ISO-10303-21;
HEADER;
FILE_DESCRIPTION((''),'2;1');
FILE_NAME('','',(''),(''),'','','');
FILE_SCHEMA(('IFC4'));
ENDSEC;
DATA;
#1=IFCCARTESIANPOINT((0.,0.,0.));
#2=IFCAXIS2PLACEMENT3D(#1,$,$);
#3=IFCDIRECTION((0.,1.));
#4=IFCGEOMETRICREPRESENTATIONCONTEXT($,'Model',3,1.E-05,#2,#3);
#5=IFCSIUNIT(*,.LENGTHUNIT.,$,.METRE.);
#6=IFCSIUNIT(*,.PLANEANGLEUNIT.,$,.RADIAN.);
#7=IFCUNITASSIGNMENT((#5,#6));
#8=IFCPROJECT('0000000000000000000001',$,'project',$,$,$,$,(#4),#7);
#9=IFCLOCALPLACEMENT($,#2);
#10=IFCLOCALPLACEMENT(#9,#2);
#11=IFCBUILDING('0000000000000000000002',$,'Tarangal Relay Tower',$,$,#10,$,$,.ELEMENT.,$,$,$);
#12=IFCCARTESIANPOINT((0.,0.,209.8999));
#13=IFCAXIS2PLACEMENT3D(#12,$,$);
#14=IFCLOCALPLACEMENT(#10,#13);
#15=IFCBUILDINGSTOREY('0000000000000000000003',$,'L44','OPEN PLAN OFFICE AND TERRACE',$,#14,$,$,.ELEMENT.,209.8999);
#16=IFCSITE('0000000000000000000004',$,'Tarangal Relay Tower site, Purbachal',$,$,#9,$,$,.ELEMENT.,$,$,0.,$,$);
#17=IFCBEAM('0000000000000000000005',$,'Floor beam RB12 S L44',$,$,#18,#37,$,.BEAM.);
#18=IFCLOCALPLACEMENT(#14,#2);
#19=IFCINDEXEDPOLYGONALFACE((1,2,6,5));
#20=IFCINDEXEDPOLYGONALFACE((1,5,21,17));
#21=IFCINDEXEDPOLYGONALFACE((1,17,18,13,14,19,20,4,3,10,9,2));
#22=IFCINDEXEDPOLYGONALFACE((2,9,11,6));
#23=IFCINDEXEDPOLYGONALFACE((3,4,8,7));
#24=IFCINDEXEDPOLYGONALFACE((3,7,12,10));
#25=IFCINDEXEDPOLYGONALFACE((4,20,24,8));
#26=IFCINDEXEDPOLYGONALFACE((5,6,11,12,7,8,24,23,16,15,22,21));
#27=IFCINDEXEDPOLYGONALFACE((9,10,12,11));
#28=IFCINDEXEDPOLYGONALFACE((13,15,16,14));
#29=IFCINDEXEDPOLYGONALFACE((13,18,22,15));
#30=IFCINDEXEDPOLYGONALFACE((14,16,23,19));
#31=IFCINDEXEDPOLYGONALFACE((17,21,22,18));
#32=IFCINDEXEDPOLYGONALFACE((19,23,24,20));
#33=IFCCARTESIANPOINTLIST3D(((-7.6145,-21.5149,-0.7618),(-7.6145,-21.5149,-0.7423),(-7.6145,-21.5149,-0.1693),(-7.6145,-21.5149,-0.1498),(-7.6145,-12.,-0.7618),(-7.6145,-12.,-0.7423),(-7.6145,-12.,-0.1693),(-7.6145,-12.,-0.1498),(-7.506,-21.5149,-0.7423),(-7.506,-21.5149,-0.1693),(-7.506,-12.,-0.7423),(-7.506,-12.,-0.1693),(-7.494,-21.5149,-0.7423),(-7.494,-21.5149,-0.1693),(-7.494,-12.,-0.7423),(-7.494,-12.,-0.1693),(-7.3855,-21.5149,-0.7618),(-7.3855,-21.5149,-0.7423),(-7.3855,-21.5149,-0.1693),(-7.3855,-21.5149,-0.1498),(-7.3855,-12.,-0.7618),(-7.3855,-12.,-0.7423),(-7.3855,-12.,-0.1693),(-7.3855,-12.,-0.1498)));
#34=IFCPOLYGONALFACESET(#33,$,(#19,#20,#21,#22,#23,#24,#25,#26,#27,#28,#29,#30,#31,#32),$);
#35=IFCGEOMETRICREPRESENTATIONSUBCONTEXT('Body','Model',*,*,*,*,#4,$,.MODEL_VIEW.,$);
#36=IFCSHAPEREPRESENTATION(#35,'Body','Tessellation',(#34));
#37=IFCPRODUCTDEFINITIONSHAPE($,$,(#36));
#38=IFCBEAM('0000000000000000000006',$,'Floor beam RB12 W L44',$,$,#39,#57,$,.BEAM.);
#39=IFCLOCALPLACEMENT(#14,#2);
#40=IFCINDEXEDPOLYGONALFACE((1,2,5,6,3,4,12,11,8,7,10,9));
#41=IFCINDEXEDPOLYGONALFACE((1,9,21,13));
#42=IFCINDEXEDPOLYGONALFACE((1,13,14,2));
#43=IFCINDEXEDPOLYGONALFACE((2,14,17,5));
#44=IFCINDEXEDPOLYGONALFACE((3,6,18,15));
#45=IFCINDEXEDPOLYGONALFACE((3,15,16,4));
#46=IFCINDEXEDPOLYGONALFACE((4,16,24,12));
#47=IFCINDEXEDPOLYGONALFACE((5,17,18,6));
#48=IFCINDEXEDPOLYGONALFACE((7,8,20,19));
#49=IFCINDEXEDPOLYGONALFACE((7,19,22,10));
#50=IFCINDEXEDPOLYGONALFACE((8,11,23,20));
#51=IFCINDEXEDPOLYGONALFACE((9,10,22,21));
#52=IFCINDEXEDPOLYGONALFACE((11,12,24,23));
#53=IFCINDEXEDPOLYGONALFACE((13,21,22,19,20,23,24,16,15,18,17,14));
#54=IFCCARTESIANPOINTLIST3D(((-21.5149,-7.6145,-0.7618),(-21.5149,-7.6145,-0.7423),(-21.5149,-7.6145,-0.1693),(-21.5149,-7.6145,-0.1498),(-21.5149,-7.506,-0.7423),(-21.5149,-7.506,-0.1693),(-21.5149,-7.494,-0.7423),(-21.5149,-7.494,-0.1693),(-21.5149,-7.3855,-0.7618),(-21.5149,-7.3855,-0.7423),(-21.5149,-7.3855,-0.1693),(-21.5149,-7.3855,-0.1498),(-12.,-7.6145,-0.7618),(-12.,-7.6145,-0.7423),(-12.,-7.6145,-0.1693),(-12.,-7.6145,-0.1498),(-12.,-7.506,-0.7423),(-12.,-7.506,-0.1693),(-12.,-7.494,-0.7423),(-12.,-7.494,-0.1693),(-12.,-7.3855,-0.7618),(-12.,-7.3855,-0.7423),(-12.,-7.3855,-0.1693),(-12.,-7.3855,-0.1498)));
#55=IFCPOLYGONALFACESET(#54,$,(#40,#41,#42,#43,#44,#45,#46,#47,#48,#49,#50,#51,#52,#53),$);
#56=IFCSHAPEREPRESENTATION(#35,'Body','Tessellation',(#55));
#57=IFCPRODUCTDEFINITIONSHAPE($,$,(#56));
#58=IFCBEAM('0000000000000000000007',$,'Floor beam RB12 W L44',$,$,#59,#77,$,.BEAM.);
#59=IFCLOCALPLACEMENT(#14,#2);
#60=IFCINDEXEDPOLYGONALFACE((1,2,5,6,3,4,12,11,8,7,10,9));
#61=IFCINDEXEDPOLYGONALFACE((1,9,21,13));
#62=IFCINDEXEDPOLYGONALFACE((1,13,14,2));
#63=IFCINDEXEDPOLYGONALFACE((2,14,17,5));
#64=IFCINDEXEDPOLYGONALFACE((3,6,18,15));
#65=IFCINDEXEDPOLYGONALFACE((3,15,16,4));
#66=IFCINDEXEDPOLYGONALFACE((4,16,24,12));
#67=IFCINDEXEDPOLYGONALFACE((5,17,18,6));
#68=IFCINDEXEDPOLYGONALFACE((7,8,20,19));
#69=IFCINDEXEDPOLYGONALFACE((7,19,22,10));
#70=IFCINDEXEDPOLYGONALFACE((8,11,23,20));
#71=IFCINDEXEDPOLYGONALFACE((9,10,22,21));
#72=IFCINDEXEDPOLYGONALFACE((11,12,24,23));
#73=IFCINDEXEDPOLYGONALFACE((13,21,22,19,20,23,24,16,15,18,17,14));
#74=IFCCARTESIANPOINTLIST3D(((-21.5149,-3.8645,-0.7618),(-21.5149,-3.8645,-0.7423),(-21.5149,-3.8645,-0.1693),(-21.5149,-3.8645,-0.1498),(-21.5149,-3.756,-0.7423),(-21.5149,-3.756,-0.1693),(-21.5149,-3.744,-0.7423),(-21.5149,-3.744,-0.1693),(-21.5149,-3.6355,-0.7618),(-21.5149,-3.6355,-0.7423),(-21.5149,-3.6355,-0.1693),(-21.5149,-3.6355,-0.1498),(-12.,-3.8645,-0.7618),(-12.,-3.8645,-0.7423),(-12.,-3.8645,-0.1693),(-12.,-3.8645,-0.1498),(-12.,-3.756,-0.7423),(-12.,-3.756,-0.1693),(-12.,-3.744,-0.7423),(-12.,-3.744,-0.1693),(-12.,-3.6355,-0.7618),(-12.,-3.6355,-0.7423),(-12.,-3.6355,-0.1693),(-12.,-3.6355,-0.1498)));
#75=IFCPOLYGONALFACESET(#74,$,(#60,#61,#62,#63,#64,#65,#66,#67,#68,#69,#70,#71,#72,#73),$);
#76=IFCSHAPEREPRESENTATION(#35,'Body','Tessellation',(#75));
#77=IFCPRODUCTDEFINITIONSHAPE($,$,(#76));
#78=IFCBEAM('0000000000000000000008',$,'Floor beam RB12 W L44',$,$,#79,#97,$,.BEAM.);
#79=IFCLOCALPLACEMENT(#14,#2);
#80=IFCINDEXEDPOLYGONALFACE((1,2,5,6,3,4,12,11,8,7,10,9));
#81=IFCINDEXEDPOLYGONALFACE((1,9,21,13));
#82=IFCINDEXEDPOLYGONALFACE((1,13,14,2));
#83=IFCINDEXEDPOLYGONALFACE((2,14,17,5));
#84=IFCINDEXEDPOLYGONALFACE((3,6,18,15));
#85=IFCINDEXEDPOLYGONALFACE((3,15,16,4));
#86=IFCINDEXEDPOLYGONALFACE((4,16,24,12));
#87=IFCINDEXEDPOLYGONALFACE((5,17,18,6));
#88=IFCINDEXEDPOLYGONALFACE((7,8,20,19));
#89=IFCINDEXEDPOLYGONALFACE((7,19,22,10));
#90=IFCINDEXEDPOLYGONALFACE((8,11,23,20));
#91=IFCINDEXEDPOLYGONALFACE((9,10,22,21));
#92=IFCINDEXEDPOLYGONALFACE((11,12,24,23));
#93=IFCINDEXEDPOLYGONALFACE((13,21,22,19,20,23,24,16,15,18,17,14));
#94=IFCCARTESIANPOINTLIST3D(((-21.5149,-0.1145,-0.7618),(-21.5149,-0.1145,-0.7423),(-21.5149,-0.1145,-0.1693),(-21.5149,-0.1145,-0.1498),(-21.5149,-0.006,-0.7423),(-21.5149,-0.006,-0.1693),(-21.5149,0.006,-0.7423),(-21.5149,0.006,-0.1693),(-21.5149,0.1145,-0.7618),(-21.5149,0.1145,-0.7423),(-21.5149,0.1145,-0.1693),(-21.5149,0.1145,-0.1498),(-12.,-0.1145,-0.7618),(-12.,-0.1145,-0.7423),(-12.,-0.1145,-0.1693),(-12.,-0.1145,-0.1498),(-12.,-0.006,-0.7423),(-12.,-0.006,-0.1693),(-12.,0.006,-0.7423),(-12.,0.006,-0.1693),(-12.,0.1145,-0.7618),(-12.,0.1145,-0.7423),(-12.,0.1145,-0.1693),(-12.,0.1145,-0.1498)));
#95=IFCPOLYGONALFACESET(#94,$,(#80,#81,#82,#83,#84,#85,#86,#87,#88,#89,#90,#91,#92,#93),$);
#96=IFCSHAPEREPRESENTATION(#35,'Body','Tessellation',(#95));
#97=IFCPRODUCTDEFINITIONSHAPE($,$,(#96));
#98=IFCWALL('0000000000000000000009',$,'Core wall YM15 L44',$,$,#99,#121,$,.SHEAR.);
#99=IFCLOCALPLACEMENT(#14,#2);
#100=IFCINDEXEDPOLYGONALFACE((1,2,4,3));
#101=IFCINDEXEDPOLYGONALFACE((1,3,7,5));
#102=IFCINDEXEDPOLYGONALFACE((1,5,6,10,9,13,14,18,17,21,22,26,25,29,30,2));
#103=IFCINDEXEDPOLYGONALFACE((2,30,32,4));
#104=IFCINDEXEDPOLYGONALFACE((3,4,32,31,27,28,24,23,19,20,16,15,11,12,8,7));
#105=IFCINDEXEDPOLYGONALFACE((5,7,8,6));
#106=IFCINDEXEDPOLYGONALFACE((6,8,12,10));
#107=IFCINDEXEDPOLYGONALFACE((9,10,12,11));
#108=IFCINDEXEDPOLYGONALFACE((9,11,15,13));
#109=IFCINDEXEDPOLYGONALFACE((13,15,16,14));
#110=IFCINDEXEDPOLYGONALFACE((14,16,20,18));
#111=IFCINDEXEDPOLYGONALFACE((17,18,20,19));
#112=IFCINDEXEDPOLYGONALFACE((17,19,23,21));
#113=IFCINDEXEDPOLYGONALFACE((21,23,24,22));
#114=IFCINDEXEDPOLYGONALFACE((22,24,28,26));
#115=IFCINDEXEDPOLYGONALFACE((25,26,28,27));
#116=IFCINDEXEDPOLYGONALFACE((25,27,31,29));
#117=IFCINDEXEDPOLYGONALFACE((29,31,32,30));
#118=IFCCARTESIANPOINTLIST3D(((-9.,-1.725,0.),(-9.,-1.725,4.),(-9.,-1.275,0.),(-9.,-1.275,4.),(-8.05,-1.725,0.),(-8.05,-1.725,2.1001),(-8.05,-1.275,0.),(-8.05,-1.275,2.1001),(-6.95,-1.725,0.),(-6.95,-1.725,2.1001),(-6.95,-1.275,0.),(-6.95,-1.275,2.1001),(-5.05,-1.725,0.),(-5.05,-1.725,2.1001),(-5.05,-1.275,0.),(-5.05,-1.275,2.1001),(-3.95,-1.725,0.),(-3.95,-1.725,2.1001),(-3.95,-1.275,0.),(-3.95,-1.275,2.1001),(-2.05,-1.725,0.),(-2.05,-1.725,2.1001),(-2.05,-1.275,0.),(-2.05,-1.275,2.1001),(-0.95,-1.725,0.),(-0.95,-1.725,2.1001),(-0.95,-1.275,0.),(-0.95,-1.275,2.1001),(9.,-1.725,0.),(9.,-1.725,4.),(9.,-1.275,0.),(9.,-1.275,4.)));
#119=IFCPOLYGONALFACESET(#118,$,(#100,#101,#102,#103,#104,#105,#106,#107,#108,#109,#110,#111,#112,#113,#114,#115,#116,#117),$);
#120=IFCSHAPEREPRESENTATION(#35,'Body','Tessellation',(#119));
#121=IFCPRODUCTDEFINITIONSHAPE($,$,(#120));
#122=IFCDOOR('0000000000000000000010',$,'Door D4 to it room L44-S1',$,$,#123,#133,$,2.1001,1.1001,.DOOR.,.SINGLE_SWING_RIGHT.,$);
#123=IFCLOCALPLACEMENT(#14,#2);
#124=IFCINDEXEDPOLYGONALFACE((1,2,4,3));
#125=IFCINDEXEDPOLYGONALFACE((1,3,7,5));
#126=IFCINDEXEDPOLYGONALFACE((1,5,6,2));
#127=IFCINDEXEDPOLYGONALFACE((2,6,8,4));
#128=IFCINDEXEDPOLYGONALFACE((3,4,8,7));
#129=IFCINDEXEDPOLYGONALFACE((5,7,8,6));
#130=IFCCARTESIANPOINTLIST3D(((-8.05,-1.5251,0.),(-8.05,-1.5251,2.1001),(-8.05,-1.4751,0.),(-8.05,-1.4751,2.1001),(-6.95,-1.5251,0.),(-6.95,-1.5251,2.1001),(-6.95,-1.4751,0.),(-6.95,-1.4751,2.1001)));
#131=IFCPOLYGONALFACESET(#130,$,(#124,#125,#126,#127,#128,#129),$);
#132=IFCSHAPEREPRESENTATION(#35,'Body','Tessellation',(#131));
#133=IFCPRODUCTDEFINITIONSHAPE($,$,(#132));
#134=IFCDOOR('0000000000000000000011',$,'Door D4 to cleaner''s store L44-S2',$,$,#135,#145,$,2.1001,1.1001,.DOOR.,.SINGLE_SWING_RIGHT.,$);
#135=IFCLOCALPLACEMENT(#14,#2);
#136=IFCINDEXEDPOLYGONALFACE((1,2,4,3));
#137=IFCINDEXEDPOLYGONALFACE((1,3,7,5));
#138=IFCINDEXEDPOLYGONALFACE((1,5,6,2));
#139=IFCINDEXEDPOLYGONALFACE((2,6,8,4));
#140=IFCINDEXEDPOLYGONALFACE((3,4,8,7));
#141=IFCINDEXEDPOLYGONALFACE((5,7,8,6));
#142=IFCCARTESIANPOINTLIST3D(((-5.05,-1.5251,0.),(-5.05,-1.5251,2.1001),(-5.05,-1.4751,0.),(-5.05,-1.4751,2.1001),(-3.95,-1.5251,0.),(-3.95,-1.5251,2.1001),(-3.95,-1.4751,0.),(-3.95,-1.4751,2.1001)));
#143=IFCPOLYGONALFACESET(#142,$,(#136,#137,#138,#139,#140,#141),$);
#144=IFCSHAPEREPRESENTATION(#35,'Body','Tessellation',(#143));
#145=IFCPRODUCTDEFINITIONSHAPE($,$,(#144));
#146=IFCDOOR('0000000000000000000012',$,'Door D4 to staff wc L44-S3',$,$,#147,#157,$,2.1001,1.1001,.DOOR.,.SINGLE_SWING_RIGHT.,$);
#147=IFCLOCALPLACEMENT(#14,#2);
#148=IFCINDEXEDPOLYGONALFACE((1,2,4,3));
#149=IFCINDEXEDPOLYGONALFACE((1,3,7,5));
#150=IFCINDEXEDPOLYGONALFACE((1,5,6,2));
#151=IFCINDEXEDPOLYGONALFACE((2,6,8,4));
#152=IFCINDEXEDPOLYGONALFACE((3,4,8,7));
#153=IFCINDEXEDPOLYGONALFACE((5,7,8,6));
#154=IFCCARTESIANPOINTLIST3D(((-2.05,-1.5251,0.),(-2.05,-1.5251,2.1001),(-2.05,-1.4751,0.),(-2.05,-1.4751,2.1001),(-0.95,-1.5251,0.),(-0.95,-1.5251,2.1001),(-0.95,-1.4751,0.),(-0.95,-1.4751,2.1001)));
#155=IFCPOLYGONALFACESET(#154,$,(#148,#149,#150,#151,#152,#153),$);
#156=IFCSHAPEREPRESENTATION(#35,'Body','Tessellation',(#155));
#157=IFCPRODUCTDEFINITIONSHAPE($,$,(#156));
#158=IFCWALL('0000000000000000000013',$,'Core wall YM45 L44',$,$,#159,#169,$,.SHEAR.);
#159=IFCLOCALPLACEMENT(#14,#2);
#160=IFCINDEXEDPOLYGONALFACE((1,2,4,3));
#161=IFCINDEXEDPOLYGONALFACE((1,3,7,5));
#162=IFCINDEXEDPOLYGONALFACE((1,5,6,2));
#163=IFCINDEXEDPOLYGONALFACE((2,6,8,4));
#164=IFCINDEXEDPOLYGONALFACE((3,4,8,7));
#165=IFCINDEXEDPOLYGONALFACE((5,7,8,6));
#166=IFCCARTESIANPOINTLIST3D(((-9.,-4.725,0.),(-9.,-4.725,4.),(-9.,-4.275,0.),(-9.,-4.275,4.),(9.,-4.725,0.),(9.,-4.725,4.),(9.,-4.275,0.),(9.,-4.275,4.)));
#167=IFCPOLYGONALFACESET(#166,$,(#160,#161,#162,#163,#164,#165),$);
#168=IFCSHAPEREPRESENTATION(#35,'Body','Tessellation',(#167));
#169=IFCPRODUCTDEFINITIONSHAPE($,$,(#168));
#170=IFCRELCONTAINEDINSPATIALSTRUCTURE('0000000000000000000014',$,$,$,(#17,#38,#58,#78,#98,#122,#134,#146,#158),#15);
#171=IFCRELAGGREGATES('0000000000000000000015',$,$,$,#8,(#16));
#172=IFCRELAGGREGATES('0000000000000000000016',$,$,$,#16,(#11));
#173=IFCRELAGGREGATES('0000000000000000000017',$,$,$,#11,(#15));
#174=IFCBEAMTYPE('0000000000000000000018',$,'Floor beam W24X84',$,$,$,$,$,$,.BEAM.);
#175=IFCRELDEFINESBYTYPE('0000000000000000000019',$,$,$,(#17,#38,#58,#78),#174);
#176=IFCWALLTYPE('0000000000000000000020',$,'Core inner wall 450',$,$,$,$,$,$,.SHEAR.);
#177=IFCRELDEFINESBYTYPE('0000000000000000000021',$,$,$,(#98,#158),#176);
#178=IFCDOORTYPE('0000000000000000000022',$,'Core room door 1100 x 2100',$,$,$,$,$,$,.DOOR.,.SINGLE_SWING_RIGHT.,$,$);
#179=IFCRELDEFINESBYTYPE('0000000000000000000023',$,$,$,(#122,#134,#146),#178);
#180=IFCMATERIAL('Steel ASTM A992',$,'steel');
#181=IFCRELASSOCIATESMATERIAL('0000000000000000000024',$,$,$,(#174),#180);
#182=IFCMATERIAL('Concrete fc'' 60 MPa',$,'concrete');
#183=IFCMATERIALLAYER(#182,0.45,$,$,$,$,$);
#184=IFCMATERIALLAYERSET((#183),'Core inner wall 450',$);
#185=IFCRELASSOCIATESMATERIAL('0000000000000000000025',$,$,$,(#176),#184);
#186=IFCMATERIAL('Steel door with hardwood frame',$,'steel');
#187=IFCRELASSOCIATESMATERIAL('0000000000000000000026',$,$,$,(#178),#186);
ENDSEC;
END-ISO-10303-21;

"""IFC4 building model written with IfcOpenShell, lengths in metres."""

from ifc_helpers import new_model, si_unit, direction, frame, frame_2d, origin, origin_2d, place, context, subcontext, project, spatial, rectangle, i_section, extrude, material, layer, layer_set, material_profile, profile_set, type_object, element, fill, save


model = new_model("IFC4")

# Units and contexts
model_context = context("Model", 3, precision=1e-05, world=origin(), true_north=direction((0.0, 1.0)))
body_context = subcontext(model_context, "Body", "Model", "MODEL_VIEW")
ifc_project = project(units=[si_unit("LENGTHUNIT", "METRE"), si_unit("PLANEANGLEUNIT", "RADIAN")], contexts=[model_context])

# Site, building, storey
site_placement = place(None, origin())
site = spatial("IfcSite", under=ifc_project, at=site_placement, Name="Tarangal Relay Tower site, Purbachal", CompositionType="ELEMENT", RefElevation=0.0)
building_placement = place(site_placement, origin())
building = spatial("IfcBuilding", under=site, at=building_placement, Name="Tarangal Relay Tower", CompositionType="ELEMENT")
storey_placement = place(building_placement, frame((0.0, 0.0, 209.8999)))
storey = spatial("IfcBuildingStorey", under=building, at=storey_placement, Name="L44", Description="OPEN PLAN OFFICE AND TERRACE", CompositionType="ELEMENT", Elevation=209.8999)

# Beams
ifc_material_1 = material(Name="Steel ASTM A992", Category="steel")
ifc_material_profile = material_profile(ifc_material_1, i_section(OverallWidth=0.229, OverallDepth=0.6121, WebThickness=0.012, FlangeThickness=0.0195, at=origin_2d()), Name="W24X84")
ifc_profile_set = profile_set([ifc_material_profile], Name="Steel ASTM A992")
beam_type = type_object("IfcBeamType", Name="Floor beam W24X84", PredefinedType="BEAM", material=ifc_profile_set)
for number, where, z_axis, x_axis, name in (
    (1, (-7.5, -12.0, -0.4558), (0.0, -1.0, 0.0), (1.0, 0.0, 0.0), "Floor beam RB12 S L44"),
    (2, (-12.0, -7.5, -0.4558), (-1.0, 0.0, 0.0), (0.0, -1.0, 0.0), "Floor beam RB12 W L44"),
    (3, (-12.0, -3.75, -0.4558), (-1.0, 0.0, 0.0), (0.0, -1.0, 0.0), "Floor beam RB12 W L44"),
    (4, (-12.0, 0.0, -0.4558), (-1.0, 0.0, 0.0), (0.0, -1.0, 0.0), "Floor beam RB12 W L44"),
):
    element("IfcBeam", number, at=place(storey_placement, frame(where, z_axis=z_axis, x_axis=x_axis)), inside=storey, type_object=beam_type, Name=name, PredefinedType="BEAM", context=body_context, shape_type="SweptSolid", body=[
        extrude(i_section(OverallWidth=0.229, OverallDepth=0.6121, WebThickness=0.012, FlangeThickness=0.0195, at=origin_2d()), origin(), (0.0, 0.0, 1.0), 9.5149),
    ])

# Wall, openings, doors
ifc_material_2 = material(Name="Concrete fc' 60 MPa", Category="concrete")
ifc_layer_1 = layer(ifc_material_2, 0.45)
ifc_layer_set_1 = layer_set([ifc_layer_1], Name="Core inner wall 450")
wall_type_1 = type_object("IfcWallType", Name="Core inner wall 450", PredefinedType="SHEAR", material=ifc_layer_set_1)
wall_1_placement = place(storey_placement, frame((-9.0, -1.5, 0.0), z_axis=(0.0, 0.0, 1.0), x_axis=(1.0, 0.0, 0.0)))
wall_1 = element("IfcWall", 5, at=wall_1_placement, inside=storey, type_object=wall_type_1, Name="Core wall YM15 L44", PredefinedType="SHEAR", context=body_context, shape_type="SweptSolid", body=[
    extrude(rectangle(XDim=18.0, YDim=0.45, at=frame_2d((9.0, 0.0))), origin(), (0.0, 0.0, 1.0), 4.0),
])
opening_1_placement = place(wall_1_placement, frame((0.95, 0.0, 0.0)))
opening_1 = element("IfcOpeningElement", 6, at=opening_1_placement, cuts=wall_1, PredefinedType="OPENING", context=body_context, shape_type="SweptSolid", body=[
    extrude(rectangle(XDim=1.1001, YDim=2.1001, at=frame_2d((0.55, 1.05))), frame((0.0, 0.2349, 0.0), z_axis=(0.0, -1.0, 0.0), x_axis=(1.0, 0.0, 0.0)), (0.0, 0.0, 1.0), 0.47),
])
opening_2_placement = place(wall_1_placement, frame((3.95, 0.0, 0.0)))
opening_2 = element("IfcOpeningElement", 7, at=opening_2_placement, cuts=wall_1, PredefinedType="OPENING", context=body_context, shape_type="SweptSolid", body=[
    extrude(rectangle(XDim=1.1001, YDim=2.1001, at=frame_2d((0.55, 1.05))), frame((0.0, 0.2349, 0.0), z_axis=(0.0, -1.0, 0.0), x_axis=(1.0, 0.0, 0.0)), (0.0, 0.0, 1.0), 0.47),
])
opening_3_placement = place(wall_1_placement, frame((6.95, 0.0, 0.0)))
opening_3 = element("IfcOpeningElement", 8, at=opening_3_placement, cuts=wall_1, PredefinedType="OPENING", context=body_context, shape_type="SweptSolid", body=[
    extrude(rectangle(XDim=1.1001, YDim=2.1001, at=frame_2d((0.55, 1.05))), frame((0.0, 0.2349, 0.0), z_axis=(0.0, -1.0, 0.0), x_axis=(1.0, 0.0, 0.0)), (0.0, 0.0, 1.0), 0.47),
])
ifc_material_3 = material(Name="Steel door with hardwood frame", Category="steel")
door_type_1 = type_object("IfcDoorType", Name="Core room door 1100 x 2100", OperationType="SINGLE_SWING_RIGHT", PredefinedType="DOOR", material=ifc_material_3)
door_1_placement = place(opening_1_placement, origin())
door_1 = element("IfcDoor", 9, at=door_1_placement, inside=storey, type_object=door_type_1, Name="Door D4 to it room L44-S1", OperationType="SINGLE_SWING_RIGHT", OverallHeight=2.1001, OverallWidth=1.1001, PredefinedType="DOOR", context=body_context, shape_type="SweptSolid", body=[
    extrude(rectangle(XDim=1.1001, YDim=2.1001, at=frame_2d((0.55, 1.05))), frame((0.0, 0.0249, 0.0), z_axis=(0.0, -1.0, 0.0), x_axis=(1.0, 0.0, 0.0)), (0.0, 0.0, 1.0), 0.05),
])
fill(opening_1, door_1)
door_2_placement = place(opening_2_placement, origin())
door_2 = element("IfcDoor", 10, at=door_2_placement, inside=storey, type_object=door_type_1, Name="Door D4 to cleaner's store L44-S2", OperationType="SINGLE_SWING_RIGHT", OverallHeight=2.1001, OverallWidth=1.1001, PredefinedType="DOOR", context=body_context, shape_type="SweptSolid", body=[
    extrude(rectangle(XDim=1.1001, YDim=2.1001, at=frame_2d((0.55, 1.05))), frame((0.0, 0.0249, 0.0), z_axis=(0.0, -1.0, 0.0), x_axis=(1.0, 0.0, 0.0)), (0.0, 0.0, 1.0), 0.05),
])
fill(opening_2, door_2)
door_3_placement = place(opening_3_placement, origin())
door_3 = element("IfcDoor", 11, at=door_3_placement, inside=storey, type_object=door_type_1, Name="Door D4 to staff wc L44-S3", OperationType="SINGLE_SWING_RIGHT", OverallHeight=2.1001, OverallWidth=1.1001, PredefinedType="DOOR", context=body_context, shape_type="SweptSolid", body=[
    extrude(rectangle(XDim=1.1001, YDim=2.1001, at=frame_2d((0.55, 1.05))), frame((0.0, 0.0249, 0.0), z_axis=(0.0, -1.0, 0.0), x_axis=(1.0, 0.0, 0.0)), (0.0, 0.0, 1.0), 0.05),
])
fill(opening_3, door_3)

# Wall
wall_2_placement = place(storey_placement, frame((-9.0, -4.5, 0.0), z_axis=(0.0, 0.0, 1.0), x_axis=(1.0, 0.0, 0.0)))
element("IfcWall", 12, at=wall_2_placement, inside=storey, type_object=wall_type_1, Name="Core wall YM45 L44", PredefinedType="SHEAR", context=body_context, shape_type="SweptSolid", body=[
    extrude(rectangle(XDim=18.0, YDim=0.45, at=frame_2d((9.0, 0.0))), origin(), (0.0, 0.0, 1.0), 4.0),
])

save(model, "model.ifc")
